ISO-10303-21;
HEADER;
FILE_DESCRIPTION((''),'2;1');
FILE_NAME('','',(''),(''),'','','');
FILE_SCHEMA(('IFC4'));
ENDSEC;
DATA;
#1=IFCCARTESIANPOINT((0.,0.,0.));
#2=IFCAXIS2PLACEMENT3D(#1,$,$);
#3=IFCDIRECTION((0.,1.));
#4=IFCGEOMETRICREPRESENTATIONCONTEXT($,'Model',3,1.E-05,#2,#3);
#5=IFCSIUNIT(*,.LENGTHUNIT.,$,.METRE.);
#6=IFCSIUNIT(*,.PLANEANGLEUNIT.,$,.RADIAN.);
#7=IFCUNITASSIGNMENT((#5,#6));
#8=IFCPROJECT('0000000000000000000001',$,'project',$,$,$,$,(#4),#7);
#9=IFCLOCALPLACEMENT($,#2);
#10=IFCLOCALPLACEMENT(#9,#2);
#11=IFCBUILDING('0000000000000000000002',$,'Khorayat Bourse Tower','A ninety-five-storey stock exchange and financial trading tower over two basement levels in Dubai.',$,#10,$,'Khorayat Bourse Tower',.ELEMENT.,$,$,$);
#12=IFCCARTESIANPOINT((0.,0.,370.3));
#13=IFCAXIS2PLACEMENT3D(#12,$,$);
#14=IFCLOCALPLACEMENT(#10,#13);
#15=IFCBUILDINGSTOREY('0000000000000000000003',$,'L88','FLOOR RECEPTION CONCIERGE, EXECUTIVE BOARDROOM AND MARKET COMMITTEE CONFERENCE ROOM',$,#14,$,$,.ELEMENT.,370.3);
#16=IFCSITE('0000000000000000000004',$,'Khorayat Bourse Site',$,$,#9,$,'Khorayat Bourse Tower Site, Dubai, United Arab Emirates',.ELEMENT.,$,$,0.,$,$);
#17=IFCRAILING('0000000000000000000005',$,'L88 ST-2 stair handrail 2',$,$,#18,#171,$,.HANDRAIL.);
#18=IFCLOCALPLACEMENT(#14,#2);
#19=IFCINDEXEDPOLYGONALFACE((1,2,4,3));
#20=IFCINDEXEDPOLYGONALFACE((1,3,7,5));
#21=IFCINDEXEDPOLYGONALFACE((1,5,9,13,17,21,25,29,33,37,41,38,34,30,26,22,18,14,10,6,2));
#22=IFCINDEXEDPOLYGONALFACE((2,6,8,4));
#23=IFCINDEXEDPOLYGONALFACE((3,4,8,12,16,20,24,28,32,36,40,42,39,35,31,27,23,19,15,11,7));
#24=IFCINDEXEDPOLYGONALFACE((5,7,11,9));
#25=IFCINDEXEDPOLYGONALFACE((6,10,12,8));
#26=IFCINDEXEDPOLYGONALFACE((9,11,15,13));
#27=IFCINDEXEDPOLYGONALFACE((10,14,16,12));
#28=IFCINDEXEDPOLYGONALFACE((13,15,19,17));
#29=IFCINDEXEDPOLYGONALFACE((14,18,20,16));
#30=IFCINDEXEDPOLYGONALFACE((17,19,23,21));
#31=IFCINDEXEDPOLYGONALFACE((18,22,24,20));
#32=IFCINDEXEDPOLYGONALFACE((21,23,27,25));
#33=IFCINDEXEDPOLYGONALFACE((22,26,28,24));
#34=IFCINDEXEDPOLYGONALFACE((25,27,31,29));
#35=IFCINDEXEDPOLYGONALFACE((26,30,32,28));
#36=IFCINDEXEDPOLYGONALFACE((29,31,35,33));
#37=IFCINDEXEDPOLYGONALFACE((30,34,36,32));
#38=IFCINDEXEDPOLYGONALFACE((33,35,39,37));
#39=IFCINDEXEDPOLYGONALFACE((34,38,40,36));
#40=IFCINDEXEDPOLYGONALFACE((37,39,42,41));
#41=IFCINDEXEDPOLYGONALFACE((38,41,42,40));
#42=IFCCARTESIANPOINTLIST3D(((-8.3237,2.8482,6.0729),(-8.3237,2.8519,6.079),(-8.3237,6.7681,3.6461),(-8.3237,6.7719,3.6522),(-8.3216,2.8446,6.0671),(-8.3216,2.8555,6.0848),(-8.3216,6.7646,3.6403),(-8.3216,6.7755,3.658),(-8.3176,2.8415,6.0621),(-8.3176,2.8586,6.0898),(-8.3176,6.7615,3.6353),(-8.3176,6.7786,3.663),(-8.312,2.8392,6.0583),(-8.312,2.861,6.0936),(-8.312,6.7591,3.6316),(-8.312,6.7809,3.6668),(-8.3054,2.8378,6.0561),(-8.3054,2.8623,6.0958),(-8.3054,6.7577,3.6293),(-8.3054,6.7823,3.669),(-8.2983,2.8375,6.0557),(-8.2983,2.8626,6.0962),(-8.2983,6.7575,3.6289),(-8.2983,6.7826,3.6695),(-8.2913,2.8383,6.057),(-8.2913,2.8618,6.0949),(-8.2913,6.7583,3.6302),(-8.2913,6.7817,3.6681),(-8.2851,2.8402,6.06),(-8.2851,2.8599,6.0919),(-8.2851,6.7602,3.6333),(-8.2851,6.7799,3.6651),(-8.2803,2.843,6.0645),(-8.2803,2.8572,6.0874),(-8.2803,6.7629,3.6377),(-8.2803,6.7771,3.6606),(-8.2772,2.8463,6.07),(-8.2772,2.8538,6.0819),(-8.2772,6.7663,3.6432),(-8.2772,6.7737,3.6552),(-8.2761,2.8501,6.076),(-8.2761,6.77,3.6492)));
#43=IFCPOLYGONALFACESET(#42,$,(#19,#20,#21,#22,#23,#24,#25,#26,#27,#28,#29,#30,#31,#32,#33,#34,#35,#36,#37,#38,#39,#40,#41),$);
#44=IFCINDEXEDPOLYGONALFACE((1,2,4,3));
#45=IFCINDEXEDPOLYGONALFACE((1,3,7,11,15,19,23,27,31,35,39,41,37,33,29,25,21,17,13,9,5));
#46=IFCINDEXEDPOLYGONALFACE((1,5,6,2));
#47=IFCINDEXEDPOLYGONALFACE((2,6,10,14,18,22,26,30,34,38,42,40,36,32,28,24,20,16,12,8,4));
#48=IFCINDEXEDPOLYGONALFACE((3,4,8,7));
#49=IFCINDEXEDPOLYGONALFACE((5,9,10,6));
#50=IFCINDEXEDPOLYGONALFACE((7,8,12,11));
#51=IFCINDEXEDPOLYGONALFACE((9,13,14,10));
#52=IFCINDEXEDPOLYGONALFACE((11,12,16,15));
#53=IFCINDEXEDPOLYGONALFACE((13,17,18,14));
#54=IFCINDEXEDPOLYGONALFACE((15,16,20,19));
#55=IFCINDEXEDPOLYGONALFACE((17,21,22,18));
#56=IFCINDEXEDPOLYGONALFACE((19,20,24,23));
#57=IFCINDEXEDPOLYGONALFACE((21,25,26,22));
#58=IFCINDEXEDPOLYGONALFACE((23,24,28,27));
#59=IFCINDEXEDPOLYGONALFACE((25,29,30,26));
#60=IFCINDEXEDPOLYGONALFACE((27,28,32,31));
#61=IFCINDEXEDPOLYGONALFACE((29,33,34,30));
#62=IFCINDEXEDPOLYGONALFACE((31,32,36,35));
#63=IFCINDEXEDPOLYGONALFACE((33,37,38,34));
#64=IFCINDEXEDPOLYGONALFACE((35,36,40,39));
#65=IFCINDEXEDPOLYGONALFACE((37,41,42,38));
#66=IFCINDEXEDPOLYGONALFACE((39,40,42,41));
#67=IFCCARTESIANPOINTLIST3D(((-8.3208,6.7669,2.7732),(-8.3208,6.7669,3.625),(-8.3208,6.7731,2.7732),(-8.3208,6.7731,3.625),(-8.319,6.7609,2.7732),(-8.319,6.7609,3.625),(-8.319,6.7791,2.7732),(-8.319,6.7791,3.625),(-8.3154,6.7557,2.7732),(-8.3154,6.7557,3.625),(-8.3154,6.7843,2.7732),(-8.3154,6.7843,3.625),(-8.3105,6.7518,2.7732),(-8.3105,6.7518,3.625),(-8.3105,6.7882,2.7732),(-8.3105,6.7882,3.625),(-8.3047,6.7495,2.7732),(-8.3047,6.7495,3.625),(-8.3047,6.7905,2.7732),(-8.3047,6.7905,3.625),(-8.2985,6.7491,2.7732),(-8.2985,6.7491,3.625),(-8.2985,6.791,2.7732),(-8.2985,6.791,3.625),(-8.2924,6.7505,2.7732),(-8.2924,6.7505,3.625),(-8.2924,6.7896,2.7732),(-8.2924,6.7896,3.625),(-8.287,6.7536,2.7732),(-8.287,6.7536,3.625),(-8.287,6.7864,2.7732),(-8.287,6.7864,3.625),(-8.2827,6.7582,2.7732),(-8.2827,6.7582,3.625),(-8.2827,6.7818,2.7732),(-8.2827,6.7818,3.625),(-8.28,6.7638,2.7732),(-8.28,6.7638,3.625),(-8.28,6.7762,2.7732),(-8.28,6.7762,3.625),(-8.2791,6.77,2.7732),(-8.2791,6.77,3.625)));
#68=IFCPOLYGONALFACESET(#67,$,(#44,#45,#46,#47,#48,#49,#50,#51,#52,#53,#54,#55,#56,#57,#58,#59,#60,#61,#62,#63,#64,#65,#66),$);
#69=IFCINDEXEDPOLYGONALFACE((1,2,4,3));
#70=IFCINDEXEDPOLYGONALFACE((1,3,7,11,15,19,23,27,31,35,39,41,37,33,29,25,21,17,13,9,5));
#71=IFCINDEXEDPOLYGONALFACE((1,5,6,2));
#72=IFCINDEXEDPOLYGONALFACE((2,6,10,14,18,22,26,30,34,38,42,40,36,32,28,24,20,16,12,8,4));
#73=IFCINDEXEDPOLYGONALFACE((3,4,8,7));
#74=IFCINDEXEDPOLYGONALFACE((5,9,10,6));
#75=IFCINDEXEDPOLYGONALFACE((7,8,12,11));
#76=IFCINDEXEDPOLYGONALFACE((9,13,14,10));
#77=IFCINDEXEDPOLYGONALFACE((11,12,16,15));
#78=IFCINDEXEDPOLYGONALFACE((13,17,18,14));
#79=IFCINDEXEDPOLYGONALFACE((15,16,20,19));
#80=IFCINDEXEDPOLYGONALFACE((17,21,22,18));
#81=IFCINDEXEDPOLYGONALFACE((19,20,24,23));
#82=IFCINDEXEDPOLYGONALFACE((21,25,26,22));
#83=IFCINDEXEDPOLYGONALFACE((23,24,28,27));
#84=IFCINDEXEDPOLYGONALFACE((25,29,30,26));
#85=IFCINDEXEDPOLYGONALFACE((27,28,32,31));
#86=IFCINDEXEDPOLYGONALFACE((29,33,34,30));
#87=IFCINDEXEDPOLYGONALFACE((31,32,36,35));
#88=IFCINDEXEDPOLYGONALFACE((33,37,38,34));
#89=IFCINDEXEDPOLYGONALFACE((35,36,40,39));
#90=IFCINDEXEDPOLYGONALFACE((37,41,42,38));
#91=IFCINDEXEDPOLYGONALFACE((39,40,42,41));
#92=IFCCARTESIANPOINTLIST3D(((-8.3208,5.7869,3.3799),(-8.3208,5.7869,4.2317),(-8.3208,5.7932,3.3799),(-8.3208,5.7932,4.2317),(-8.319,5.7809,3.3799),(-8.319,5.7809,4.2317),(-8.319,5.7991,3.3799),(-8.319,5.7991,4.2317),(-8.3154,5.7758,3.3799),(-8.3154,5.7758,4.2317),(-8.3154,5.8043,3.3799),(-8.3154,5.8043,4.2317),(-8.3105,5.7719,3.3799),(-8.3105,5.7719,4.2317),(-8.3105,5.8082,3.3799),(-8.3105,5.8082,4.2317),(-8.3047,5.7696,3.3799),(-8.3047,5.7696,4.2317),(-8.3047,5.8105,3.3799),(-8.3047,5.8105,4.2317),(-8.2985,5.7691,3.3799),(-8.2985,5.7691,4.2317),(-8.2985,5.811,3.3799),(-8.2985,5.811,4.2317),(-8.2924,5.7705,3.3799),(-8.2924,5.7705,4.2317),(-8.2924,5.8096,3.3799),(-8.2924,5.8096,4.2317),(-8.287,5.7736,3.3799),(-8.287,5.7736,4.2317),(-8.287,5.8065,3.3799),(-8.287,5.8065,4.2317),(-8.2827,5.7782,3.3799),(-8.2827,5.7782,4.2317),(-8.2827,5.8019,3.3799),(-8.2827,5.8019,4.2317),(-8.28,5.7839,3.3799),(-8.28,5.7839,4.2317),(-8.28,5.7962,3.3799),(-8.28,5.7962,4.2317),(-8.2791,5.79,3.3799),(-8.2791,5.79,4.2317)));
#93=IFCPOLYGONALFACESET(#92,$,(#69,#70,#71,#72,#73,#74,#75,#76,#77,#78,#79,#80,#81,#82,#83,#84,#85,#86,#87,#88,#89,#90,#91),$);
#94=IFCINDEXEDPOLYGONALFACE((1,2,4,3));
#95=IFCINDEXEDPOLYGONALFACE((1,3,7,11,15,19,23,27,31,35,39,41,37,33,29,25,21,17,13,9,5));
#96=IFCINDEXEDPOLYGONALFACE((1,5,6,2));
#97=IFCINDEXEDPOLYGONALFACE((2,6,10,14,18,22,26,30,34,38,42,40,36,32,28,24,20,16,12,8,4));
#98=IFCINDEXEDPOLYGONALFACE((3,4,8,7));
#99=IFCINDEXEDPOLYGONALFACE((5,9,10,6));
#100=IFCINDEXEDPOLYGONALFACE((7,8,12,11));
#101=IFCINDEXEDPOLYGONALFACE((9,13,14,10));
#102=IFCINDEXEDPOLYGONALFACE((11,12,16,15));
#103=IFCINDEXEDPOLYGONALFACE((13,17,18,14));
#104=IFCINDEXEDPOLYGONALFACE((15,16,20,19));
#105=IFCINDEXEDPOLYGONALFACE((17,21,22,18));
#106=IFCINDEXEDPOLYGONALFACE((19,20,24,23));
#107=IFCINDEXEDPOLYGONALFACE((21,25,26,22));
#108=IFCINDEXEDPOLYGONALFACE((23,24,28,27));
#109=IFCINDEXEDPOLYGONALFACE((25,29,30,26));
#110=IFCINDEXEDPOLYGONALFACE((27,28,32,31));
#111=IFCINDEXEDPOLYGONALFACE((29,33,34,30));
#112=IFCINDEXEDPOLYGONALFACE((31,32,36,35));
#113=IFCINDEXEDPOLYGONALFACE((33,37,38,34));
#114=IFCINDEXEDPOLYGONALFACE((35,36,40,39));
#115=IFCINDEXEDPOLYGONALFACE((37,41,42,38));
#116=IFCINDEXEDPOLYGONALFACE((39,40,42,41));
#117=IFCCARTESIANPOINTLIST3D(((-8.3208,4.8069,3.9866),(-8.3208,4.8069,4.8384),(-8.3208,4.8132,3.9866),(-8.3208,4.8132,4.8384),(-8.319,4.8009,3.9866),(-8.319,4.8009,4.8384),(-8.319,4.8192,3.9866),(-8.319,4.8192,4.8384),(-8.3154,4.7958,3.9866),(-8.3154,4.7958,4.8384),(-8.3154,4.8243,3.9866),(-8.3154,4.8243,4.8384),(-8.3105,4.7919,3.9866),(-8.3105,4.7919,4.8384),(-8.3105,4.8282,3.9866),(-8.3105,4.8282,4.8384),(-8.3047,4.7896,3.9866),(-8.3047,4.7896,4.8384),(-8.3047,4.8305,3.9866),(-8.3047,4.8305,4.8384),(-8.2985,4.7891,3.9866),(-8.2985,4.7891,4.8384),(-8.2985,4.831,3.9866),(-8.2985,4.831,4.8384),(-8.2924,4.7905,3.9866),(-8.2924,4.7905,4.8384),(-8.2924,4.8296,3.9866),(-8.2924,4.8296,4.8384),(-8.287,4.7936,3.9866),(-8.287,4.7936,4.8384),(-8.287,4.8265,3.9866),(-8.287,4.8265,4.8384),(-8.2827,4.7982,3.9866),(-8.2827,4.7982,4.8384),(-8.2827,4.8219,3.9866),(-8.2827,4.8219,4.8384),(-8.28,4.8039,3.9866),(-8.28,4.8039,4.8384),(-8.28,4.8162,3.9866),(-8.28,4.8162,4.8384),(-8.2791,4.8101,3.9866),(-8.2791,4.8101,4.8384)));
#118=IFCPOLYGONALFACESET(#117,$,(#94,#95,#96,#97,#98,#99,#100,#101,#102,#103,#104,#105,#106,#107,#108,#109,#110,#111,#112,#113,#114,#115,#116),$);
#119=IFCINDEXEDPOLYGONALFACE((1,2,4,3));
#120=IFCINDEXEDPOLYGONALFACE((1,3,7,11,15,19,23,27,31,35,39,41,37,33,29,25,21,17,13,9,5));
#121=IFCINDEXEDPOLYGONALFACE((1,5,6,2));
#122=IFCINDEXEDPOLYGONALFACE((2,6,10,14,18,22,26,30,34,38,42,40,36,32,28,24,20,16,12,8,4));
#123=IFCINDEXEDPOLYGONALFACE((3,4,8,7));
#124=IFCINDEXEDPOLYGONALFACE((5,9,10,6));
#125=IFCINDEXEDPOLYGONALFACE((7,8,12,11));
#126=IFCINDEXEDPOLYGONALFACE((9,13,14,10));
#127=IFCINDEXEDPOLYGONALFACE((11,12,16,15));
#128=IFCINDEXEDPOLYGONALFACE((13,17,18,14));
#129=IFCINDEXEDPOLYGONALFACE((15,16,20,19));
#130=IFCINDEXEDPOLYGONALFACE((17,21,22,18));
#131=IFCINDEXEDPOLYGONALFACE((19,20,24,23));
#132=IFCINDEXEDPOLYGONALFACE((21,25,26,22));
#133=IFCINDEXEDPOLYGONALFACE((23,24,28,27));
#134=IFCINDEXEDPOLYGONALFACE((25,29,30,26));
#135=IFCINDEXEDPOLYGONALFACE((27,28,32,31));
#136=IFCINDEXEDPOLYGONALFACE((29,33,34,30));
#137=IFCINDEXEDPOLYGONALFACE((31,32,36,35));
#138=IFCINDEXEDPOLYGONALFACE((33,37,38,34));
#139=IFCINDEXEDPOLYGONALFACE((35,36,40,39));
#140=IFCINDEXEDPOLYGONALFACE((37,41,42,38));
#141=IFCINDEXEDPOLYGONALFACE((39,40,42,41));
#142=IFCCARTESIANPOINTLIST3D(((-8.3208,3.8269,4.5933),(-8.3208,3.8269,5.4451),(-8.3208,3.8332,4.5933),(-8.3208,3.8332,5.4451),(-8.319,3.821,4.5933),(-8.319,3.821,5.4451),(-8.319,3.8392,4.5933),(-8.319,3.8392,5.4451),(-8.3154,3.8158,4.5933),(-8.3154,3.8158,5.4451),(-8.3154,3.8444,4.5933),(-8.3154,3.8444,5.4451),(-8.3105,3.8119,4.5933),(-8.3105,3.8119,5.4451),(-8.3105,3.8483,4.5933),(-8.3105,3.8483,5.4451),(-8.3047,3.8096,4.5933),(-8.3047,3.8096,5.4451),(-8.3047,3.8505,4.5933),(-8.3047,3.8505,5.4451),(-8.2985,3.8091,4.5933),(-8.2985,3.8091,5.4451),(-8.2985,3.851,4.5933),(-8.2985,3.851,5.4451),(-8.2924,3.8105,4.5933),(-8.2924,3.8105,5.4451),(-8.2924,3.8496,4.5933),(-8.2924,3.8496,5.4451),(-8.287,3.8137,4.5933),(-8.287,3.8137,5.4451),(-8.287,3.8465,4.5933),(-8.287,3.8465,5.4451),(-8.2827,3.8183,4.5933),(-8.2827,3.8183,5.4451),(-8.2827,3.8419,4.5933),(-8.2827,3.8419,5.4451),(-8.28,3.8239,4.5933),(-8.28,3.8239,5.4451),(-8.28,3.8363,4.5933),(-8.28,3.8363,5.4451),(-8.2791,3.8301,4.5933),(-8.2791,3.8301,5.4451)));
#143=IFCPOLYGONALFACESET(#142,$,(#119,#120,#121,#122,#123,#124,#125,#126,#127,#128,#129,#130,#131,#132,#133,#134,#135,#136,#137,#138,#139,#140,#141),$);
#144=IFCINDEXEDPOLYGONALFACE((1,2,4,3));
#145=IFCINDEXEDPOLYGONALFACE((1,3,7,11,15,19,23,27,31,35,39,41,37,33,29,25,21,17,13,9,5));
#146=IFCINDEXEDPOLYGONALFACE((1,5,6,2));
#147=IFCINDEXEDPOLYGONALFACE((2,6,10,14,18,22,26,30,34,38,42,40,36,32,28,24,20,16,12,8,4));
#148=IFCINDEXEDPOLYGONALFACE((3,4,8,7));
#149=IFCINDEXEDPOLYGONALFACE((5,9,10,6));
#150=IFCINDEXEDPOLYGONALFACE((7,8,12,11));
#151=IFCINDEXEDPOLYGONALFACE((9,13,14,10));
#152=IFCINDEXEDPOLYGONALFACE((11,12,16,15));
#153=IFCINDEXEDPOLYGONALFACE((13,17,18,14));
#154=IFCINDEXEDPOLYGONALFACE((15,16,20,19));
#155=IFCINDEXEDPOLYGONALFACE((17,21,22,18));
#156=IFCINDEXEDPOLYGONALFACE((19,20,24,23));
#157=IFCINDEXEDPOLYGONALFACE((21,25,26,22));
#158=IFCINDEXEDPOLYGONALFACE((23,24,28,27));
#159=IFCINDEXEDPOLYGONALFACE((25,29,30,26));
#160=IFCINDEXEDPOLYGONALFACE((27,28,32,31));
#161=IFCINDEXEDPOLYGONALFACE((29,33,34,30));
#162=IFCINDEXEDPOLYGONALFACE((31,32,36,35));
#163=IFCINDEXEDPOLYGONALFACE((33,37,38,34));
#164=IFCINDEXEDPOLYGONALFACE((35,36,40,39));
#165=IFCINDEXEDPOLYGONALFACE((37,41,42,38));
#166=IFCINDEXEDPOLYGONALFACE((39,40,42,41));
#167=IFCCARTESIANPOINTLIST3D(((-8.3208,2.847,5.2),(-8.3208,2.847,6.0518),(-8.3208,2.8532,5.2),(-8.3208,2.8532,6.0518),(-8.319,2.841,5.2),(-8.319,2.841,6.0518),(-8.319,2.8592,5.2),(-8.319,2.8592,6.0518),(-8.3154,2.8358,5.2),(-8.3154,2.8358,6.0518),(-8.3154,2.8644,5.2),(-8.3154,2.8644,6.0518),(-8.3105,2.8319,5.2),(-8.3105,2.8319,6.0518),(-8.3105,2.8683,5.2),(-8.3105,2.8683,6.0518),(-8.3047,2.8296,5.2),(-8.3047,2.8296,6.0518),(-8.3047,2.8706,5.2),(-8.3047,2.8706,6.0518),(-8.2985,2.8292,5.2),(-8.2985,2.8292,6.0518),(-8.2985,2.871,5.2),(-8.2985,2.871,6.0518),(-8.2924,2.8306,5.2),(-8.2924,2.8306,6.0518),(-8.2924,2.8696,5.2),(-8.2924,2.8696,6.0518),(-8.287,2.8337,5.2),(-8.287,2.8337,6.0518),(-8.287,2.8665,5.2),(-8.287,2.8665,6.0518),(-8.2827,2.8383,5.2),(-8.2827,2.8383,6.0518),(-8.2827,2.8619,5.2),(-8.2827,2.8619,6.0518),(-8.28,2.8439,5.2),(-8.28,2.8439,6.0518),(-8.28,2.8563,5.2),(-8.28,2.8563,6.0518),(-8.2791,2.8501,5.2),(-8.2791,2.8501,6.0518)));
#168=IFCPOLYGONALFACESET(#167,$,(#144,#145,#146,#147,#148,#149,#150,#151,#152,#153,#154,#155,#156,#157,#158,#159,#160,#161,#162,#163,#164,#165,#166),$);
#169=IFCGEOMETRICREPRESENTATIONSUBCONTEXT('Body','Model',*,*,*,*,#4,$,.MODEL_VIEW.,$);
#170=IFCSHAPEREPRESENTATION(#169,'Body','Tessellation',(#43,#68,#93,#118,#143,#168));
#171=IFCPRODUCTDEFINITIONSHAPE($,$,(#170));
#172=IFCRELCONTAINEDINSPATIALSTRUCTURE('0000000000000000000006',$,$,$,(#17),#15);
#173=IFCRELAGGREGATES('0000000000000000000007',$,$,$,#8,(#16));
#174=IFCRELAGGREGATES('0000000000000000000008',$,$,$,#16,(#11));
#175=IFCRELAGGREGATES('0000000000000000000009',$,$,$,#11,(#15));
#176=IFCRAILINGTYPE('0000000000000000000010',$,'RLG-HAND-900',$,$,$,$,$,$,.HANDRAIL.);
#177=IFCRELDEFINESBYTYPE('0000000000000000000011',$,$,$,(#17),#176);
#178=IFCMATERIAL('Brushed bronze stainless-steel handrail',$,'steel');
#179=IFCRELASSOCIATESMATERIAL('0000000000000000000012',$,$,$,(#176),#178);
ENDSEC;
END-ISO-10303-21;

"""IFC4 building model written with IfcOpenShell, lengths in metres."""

from ifc_helpers import new_model, si_unit, direction, frame, origin, origin_2d, place, context, subcontext, project, spatial, circle, extrude, source, transform, mapped, material, type_object, element, save


model = new_model("IFC4")

# Units and contexts
model_context = context("Model", 3, precision=1e-05, world=origin(), true_north=direction((0.0, 1.0)))
body_context = subcontext(model_context, "Body", "Model", "MODEL_VIEW")
ifc_project = project(units=[si_unit("LENGTHUNIT", "METRE"), si_unit("PLANEANGLEUNIT", "RADIAN")], contexts=[model_context])

# Site, building, storey
site_placement = place(None, origin())
site = spatial("IfcSite", under=ifc_project, at=site_placement, Name="Khorayat Bourse Site", LongName="Khorayat Bourse Tower Site, Dubai, United Arab Emirates", CompositionType="ELEMENT", RefElevation=0.0)
building_placement = place(site_placement, origin())
building = spatial("IfcBuilding", under=site, at=building_placement, Name="Khorayat Bourse Tower", Description="A ninety-five-storey stock exchange and financial trading tower over two basement levels in Dubai.", LongName="Khorayat Bourse Tower", CompositionType="ELEMENT")
storey_placement = place(building_placement, frame((0.0, 0.0, 370.3)))
storey = spatial("IfcBuildingStorey", under=building, at=storey_placement, Name="L88", Description="FLOOR RECEPTION CONCIERGE, EXECUTIVE BOARDROOM AND MARKET COMMITTEE CONFERENCE ROOM", CompositionType="ELEMENT", Elevation=370.3)

# Railing
ifc_material_1 = material(Name="Brushed bronze stainless-steel handrail", Category="steel")
railing_type_1 = type_object("IfcRailingType", Name="RLG-HAND-900", PredefinedType="HANDRAIL", material=ifc_material_1)
shared_shape_1 = source(origin(), body_context, "Body", "SweptSolid", [
    extrude(circle(Radius=0.0239, at=origin_2d()), frame((0.0, 0.0, 0.876), z_axis=(0.0, -0.850252, 0.526376), x_axis=(1.0, 0.0, 0.0)), (0.0, 0.0, 1.0), 4.6104),
    extrude(circle(Radius=0.021, at=origin_2d()), origin(), (0.0, 0.0, 1.0), 0.8518),
    extrude(circle(Radius=0.021, at=origin_2d()), frame((0.0, -0.98, 0.6067)), (0.0, 0.0, 1.0), 0.8518),
    extrude(circle(Radius=0.021, at=origin_2d()), frame((0.0, -1.96, 1.2134)), (0.0, 0.0, 1.0), 0.8518),
    extrude(circle(Radius=0.021, at=origin_2d()), frame((0.0, -2.9399, 1.8201)), (0.0, 0.0, 1.0), 0.8518),
    extrude(circle(Radius=0.021, at=origin_2d()), frame((0.0, -3.9199, 2.4268)), (0.0, 0.0, 1.0), 0.8518),
])
railing_1_placement = place(storey_placement, frame((-8.3, 6.77, 2.7732)))
element("IfcRailing", 1, at=railing_1_placement, inside=storey, type_object=railing_type_1, Name="L88 ST-2 stair handrail 2", PredefinedType="HANDRAIL", context=body_context, shape_type="MappedRepresentation", body=[
    mapped(shared_shape_1, transform((0.0, 0.0, 0.0), scale=1.0)),
])

save(model, "model.ifc")
